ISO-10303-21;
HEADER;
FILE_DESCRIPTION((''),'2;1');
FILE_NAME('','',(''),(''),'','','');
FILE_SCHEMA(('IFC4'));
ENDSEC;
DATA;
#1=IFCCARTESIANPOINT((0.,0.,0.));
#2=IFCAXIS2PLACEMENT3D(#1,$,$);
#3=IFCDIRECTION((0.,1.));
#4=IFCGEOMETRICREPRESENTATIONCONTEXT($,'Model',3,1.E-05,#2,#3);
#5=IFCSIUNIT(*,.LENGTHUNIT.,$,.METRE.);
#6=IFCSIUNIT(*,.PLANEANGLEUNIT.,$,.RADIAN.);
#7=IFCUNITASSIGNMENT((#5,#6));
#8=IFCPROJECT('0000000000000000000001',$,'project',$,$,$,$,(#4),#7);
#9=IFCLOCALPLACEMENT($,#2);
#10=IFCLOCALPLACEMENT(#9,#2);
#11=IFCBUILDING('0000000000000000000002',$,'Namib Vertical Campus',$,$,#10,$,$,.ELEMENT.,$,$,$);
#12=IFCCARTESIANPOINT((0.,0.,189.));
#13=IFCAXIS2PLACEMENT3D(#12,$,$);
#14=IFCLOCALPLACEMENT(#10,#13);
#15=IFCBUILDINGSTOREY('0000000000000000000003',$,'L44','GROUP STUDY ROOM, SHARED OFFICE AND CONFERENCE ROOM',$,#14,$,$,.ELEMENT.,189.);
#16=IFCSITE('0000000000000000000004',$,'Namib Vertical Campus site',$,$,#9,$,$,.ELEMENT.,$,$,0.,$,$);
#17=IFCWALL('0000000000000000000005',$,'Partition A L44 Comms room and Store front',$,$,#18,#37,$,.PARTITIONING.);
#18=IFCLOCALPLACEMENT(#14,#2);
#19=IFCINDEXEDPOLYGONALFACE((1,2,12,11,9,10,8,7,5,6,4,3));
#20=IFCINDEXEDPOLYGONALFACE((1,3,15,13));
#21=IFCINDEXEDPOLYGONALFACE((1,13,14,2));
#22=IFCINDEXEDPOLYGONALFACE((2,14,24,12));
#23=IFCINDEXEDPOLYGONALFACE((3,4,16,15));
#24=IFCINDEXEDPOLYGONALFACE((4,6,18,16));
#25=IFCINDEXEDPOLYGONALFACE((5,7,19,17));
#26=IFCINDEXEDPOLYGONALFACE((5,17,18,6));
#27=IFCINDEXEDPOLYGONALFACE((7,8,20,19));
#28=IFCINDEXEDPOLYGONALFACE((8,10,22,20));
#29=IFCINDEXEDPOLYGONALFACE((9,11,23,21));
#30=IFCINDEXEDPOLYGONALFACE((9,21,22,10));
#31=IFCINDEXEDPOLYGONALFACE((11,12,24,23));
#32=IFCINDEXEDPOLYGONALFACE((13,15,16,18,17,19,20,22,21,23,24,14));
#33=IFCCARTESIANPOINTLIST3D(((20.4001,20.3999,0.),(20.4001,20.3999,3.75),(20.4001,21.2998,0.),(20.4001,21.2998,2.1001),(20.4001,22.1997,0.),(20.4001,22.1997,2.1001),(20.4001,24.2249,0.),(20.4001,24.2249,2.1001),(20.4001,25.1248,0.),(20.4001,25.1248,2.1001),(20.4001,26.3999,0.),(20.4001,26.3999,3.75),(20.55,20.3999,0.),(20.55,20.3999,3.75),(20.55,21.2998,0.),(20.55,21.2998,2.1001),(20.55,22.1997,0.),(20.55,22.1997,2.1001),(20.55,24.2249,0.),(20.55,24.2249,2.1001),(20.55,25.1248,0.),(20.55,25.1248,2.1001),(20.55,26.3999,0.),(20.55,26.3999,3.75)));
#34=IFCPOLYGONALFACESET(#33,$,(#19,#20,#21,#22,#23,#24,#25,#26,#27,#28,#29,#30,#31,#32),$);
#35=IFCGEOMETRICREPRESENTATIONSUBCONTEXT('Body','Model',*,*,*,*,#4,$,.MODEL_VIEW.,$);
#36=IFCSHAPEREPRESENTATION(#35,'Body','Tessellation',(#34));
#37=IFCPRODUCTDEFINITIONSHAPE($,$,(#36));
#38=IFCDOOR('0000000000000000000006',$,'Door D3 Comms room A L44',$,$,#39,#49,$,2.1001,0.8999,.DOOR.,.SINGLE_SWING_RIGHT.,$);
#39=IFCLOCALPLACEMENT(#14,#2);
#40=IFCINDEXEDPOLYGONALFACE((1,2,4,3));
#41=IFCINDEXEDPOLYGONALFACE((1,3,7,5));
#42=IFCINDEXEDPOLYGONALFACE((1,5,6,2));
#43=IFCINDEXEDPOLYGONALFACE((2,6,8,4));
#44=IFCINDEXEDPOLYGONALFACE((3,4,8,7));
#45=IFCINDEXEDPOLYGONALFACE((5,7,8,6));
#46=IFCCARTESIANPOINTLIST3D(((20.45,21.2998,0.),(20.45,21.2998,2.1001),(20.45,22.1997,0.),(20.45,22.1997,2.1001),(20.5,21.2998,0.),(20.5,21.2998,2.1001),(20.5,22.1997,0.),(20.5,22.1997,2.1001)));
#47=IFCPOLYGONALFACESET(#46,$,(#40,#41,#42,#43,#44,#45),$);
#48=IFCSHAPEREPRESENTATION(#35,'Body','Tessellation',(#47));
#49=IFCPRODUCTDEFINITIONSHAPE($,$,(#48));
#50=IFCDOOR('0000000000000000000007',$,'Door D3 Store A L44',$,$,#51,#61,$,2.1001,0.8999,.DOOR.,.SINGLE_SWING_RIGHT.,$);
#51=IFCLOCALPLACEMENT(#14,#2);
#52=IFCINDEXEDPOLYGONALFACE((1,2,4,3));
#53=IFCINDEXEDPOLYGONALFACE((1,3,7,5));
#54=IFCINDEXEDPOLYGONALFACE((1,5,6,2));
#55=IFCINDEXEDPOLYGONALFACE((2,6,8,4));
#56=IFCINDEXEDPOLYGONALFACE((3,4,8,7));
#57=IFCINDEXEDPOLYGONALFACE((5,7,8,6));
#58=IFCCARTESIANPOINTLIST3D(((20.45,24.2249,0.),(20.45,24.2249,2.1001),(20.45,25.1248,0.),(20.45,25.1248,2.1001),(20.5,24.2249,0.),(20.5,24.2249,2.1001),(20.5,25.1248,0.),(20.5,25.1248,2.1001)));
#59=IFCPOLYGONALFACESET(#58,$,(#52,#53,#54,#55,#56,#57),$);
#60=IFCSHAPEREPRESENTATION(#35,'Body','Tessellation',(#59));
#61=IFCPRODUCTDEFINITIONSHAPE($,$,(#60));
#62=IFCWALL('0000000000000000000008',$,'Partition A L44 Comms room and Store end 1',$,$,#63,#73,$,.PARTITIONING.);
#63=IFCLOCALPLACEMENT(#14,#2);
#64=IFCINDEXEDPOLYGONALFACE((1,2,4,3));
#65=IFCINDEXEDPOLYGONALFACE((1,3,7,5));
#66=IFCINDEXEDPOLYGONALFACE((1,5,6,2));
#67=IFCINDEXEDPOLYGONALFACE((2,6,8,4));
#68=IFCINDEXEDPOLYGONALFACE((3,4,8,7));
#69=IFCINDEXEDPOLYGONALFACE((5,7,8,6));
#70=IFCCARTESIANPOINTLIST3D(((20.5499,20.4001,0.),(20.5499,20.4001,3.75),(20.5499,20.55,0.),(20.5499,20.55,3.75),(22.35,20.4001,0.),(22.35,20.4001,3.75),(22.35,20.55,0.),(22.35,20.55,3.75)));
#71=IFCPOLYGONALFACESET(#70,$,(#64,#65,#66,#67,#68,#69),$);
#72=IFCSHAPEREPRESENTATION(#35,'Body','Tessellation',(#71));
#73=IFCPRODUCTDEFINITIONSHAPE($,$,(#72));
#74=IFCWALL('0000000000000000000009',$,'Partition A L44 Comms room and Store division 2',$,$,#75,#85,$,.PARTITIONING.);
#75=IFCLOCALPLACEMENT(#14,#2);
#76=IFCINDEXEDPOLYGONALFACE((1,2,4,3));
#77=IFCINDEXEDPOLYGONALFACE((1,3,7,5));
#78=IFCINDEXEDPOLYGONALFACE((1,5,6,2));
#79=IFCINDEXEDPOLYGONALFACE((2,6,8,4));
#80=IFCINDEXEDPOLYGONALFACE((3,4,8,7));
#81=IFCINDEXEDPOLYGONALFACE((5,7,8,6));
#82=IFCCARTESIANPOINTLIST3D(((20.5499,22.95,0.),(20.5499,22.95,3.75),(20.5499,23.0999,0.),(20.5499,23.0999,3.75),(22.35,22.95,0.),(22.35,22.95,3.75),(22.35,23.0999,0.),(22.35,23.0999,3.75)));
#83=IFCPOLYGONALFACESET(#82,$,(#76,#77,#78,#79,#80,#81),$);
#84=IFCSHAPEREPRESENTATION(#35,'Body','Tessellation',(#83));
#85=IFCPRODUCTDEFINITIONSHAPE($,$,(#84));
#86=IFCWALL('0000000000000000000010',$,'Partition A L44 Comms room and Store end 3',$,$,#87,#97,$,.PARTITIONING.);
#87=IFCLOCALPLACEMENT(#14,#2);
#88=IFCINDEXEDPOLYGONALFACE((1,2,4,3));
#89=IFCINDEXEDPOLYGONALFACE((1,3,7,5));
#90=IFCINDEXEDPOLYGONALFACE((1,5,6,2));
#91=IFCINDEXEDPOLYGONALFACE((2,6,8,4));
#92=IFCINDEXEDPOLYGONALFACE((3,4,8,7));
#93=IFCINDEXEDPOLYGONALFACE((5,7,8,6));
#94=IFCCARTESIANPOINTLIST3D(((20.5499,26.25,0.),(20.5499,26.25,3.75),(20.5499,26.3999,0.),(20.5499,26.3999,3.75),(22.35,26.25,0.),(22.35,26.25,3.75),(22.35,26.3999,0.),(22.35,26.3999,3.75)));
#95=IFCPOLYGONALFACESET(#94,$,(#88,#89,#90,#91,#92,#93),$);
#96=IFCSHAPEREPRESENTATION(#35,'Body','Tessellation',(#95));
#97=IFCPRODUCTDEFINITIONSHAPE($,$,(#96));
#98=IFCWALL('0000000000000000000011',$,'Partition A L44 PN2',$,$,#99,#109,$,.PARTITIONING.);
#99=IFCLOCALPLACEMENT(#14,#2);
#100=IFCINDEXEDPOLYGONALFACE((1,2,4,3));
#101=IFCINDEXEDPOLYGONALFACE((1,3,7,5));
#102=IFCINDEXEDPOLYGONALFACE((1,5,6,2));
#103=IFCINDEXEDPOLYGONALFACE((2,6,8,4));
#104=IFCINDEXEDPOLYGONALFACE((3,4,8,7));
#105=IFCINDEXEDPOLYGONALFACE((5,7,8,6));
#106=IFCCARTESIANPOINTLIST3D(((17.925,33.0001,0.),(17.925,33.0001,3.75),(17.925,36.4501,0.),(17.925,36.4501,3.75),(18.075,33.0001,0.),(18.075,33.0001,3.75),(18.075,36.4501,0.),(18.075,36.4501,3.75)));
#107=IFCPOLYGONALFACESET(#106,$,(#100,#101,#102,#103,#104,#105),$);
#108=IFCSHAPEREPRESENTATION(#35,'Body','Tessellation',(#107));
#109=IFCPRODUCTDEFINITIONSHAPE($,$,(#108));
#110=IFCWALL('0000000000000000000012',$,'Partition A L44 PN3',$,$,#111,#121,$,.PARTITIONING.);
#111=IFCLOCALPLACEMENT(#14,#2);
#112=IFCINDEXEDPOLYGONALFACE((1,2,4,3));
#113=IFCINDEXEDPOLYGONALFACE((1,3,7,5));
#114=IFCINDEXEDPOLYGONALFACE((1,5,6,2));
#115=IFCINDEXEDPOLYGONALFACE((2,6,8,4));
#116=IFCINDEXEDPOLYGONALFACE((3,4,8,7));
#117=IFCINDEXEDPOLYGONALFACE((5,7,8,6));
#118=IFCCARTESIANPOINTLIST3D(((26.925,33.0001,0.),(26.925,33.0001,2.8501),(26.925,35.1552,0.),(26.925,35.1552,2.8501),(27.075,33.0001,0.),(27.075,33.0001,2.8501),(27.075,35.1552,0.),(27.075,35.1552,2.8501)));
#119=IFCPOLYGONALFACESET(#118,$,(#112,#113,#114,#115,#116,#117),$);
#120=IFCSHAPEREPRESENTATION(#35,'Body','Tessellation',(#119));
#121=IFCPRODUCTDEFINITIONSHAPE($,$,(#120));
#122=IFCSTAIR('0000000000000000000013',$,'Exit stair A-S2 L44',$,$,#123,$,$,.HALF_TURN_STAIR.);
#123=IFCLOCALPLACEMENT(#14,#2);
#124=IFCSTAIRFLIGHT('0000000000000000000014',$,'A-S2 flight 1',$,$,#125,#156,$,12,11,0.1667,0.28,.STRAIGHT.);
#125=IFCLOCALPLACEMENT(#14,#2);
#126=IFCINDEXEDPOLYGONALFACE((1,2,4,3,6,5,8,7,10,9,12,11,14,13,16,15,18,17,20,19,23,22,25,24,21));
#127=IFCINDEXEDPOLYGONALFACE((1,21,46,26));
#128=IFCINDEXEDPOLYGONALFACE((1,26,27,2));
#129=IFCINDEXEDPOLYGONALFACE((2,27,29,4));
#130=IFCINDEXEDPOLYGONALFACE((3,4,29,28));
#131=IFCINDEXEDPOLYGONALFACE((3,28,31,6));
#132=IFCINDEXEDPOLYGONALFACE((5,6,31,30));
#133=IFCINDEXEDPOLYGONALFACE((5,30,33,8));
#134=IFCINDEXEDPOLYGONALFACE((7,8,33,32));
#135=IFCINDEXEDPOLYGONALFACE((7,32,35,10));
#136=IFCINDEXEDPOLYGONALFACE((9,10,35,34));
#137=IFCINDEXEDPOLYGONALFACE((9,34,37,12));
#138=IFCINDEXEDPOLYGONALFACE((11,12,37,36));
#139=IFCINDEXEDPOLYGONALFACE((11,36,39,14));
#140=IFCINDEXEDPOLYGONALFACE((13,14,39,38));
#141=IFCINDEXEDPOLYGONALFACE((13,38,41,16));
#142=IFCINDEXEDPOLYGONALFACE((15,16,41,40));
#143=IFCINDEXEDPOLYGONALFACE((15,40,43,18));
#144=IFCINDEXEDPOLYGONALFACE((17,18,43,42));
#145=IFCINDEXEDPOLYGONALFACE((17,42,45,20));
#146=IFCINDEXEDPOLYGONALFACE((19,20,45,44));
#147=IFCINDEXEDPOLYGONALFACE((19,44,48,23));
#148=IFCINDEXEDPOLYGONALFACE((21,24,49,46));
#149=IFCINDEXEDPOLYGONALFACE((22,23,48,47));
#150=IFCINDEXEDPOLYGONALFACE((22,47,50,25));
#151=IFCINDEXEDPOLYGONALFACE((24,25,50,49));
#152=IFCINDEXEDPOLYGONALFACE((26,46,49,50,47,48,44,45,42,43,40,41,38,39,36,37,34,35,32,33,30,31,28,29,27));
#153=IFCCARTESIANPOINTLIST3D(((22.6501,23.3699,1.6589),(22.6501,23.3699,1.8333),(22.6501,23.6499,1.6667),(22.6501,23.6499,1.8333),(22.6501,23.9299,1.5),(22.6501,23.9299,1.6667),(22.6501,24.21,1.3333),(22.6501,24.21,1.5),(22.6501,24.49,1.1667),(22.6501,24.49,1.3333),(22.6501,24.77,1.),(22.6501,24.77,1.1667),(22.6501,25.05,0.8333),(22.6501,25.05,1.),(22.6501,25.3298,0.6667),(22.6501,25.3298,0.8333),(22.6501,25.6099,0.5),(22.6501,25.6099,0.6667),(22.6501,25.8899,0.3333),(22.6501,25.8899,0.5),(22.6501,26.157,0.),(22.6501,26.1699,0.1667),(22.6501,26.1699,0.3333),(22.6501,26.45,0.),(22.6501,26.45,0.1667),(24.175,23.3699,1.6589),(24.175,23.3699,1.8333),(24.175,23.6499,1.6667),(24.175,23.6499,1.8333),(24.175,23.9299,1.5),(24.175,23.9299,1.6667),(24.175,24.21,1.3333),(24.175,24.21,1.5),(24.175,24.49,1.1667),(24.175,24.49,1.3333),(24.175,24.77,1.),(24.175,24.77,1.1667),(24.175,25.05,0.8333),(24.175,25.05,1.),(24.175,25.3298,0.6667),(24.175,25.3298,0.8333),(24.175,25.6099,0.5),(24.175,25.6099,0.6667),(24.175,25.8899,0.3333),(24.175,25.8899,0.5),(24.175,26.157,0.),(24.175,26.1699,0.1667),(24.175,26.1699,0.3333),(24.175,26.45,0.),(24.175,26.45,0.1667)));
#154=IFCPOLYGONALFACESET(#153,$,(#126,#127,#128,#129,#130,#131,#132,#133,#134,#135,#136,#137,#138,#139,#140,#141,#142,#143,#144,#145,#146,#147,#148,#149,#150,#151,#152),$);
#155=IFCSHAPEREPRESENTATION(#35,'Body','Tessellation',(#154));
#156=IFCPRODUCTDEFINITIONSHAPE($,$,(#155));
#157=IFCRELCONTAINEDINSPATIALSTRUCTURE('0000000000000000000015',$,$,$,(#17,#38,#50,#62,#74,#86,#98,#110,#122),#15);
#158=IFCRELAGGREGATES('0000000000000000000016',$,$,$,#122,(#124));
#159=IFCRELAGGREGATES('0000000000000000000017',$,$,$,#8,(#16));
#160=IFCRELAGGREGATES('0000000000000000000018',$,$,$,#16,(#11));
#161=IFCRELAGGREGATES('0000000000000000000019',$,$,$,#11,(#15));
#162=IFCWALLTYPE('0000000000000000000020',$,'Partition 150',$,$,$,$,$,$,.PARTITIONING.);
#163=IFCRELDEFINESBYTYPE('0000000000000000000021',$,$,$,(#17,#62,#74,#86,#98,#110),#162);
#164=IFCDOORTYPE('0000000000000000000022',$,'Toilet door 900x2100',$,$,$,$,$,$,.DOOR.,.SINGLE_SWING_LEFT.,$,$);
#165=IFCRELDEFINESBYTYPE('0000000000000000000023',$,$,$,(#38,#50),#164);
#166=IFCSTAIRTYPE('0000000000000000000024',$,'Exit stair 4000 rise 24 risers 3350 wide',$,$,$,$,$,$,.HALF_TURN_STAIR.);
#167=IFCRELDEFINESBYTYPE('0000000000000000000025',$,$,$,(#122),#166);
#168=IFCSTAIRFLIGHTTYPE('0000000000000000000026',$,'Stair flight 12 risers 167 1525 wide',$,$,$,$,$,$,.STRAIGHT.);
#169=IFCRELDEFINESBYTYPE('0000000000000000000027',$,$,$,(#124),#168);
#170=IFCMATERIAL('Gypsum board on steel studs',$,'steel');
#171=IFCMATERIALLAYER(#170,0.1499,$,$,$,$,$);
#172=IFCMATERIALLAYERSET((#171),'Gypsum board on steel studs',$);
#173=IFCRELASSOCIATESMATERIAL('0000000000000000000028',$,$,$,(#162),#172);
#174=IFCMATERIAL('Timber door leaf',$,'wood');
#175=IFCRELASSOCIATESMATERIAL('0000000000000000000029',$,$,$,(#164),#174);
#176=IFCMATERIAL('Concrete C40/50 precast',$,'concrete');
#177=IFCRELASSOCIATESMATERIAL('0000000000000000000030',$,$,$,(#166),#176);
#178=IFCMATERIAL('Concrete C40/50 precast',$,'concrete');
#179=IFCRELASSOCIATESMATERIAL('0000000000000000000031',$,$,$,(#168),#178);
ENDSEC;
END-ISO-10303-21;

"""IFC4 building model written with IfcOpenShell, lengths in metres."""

from ifc_helpers import new_model, si_unit, direction, frame, frame_2d, origin, place, context, subcontext, project, spatial, polyline, rectangle, outline, extrude, material, layer, layer_set, type_object, element, fill, aggregate, save


model = new_model("IFC4")

# Units and contexts
model_context = context("Model", 3, precision=1e-05, world=origin(), true_north=direction((0.0, 1.0)))
body_context = subcontext(model_context, "Body", "Model", "MODEL_VIEW")
ifc_project = project(units=[si_unit("LENGTHUNIT", "METRE"), si_unit("PLANEANGLEUNIT", "RADIAN")], contexts=[model_context])

# Site, building, storey
site_placement = place(None, origin())
site = spatial("IfcSite", under=ifc_project, at=site_placement, Name="Namib Vertical Campus site", CompositionType="ELEMENT", RefElevation=0.0)
building_placement = place(site_placement, origin())
building = spatial("IfcBuilding", under=site, at=building_placement, Name="Namib Vertical Campus", CompositionType="ELEMENT")
storey_placement = place(building_placement, frame((0.0, 0.0, 189.0)))
storey = spatial("IfcBuildingStorey", under=building, at=storey_placement, Name="L44", Description="GROUP STUDY ROOM, SHARED OFFICE AND CONFERENCE ROOM", CompositionType="ELEMENT", Elevation=189.0)

# Wall, openings, doors
ifc_material_1 = material(Name="Gypsum board on steel studs", Category="steel")
ifc_layer_1 = layer(ifc_material_1, 0.1499)
ifc_layer_set_1 = layer_set([ifc_layer_1], Name="Gypsum board on steel studs")
wall_type_1 = type_object("IfcWallType", Name="Partition 150", PredefinedType="PARTITIONING", material=ifc_layer_set_1)
wall_1_placement = place(storey_placement, frame((20.4751, 20.3999, 0.0), z_axis=(0.0, 0.0, 1.0), x_axis=(0.0, 1.0, 0.0)))
wall_1 = element("IfcWall", 1, at=wall_1_placement, inside=storey, type_object=wall_type_1, Name="Partition A L44 Comms room and Store front", PredefinedType="PARTITIONING", context=body_context, shape_type="SweptSolid", body=[
    extrude(rectangle(XDim=6.0, YDim=0.1499, at=frame_2d((3.0, 0.0))), origin(), (0.0, 0.0, 1.0), 3.75),
])
opening_1_placement = place(wall_1_placement, frame((0.8999, 0.0, 0.0)))
opening_1 = element("IfcOpeningElement", 2, at=opening_1_placement, cuts=wall_1, PredefinedType="OPENING", context=body_context, shape_type="SweptSolid", body=[
    extrude(rectangle(XDim=0.8999, YDim=2.1001, at=frame_2d((0.45, 1.05))), frame((0.0, 0.085, 0.0), z_axis=(0.0, -1.0, 0.0), x_axis=(1.0, 0.0, 0.0)), (0.0, 0.0, 1.0), 0.1699),
])
opening_2_placement = place(wall_1_placement, frame((3.825, 0.0, 0.0)))
opening_2 = element("IfcOpeningElement", 3, at=opening_2_placement, cuts=wall_1, PredefinedType="OPENING", context=body_context, shape_type="SweptSolid", body=[
    extrude(rectangle(XDim=0.8999, YDim=2.1001, at=frame_2d((0.45, 1.05))), frame((0.0, 0.085, 0.0), z_axis=(0.0, -1.0, 0.0), x_axis=(1.0, 0.0, 0.0)), (0.0, 0.0, 1.0), 0.1699),
])
ifc_material_2 = material(Name="Timber door leaf", Category="wood")
door_type_1 = type_object("IfcDoorType", Name="Toilet door 900x2100", OperationType="SINGLE_SWING_LEFT", PredefinedType="DOOR", material=ifc_material_2)
door_1_placement = place(opening_1_placement, frame((0.8999, 0.0, 0.0), z_axis=(0.0, 0.0, 1.0), x_axis=(-1.0, 0.0, 0.0)))
door_1 = element("IfcDoor", 4, at=door_1_placement, inside=storey, type_object=door_type_1, Name="Door D3 Comms room A L44", OperationType="SINGLE_SWING_RIGHT", OverallHeight=2.1001, OverallWidth=0.8999, PredefinedType="DOOR", context=body_context, shape_type="SweptSolid", body=[
    extrude(rectangle(XDim=0.8999, YDim=2.1001, at=frame_2d((0.45, 1.05))), frame((0.0, 0.0249, 0.0), z_axis=(0.0, -1.0, 0.0), x_axis=(1.0, 0.0, 0.0)), (0.0, 0.0, 1.0), 0.05),
])
fill(opening_1, door_1)
door_2_placement = place(opening_2_placement, frame((0.8999, 0.0, 0.0), z_axis=(0.0, 0.0, 1.0), x_axis=(-1.0, 0.0, 0.0)))
door_2 = element("IfcDoor", 5, at=door_2_placement, inside=storey, type_object=door_type_1, Name="Door D3 Store A L44", OperationType="SINGLE_SWING_RIGHT", OverallHeight=2.1001, OverallWidth=0.8999, PredefinedType="DOOR", context=body_context, shape_type="SweptSolid", body=[
    extrude(rectangle(XDim=0.8999, YDim=2.1001, at=frame_2d((0.45, 1.05))), frame((0.0, 0.0249, 0.0), z_axis=(0.0, -1.0, 0.0), x_axis=(1.0, 0.0, 0.0)), (0.0, 0.0, 1.0), 0.05),
])
fill(opening_2, door_2)

# Walls
for number, where, z_axis, x_axis, name in (
    (6, (20.55, 20.4751, 0.0), (0.0, 0.0, 1.0), (1.0, 0.0, 0.0), "Partition A L44 Comms room and Store end 1"),
    (7, (20.55, 23.0249, 0.0), (0.0, 0.0, 1.0), (1.0, 0.0, 0.0), "Partition A L44 Comms room and Store division 2"),
    (8, (20.55, 26.325, 0.0), (0.0, 0.0, 1.0), (1.0, 0.0, 0.0), "Partition A L44 Comms room and Store end 3"),
):
    element("IfcWall", number, at=place(storey_placement, frame(where, z_axis=z_axis, x_axis=x_axis)), inside=storey, type_object=wall_type_1, Name=name, PredefinedType="PARTITIONING", context=body_context, shape_type="SweptSolid", body=[
        extrude(rectangle(XDim=1.8, YDim=0.1499, at=frame_2d((0.8999, 0.0))), origin(), (0.0, 0.0, 1.0), 3.75),
    ])
wall_2_placement = place(storey_placement, frame((18.0, 33.0, 0.0), z_axis=(0.0, 0.0, 1.0), x_axis=(0.0, 1.0, 0.0)))
element("IfcWall", 9, at=wall_2_placement, inside=storey, type_object=wall_type_1, Name="Partition A L44 PN2", PredefinedType="PARTITIONING", context=body_context, shape_type="SweptSolid", body=[
    extrude(rectangle(XDim=3.45, YDim=0.1499, at=frame_2d((1.7251, 0.0))), origin(), (0.0, 0.0, 1.0), 3.75),
])
wall_3_placement = place(storey_placement, frame((27.0, 33.0, 0.0), z_axis=(0.0, 0.0, 1.0), x_axis=(0.0, 1.0, 0.0)))
element("IfcWall", 10, at=wall_3_placement, inside=storey, type_object=wall_type_1, Name="Partition A L44 PN3", PredefinedType="PARTITIONING", context=body_context, shape_type="SweptSolid", body=[
    extrude(rectangle(XDim=2.155, YDim=0.1499, at=frame_2d((1.0776, 0.0))), origin(), (0.0, 0.0, 1.0), 2.8501),
])

# Stair, stair flight
ifc_material_3 = material(Name="Concrete C40/50 precast", Category="concrete")
stair_type = type_object("IfcStairType", Name="Exit stair 4000 rise 24 risers 3350 wide", PredefinedType="HALF_TURN_STAIR", material=ifc_material_3)
stair_placement = place(storey_placement, origin())
stair = element("IfcStair", 11, at=stair_placement, inside=storey, type_object=stair_type, Name="Exit stair A-S2 L44", PredefinedType="HALF_TURN_STAIR")
ifc_material_4 = material(Name="Concrete C40/50 precast", Category="concrete")
stair_flight_type = type_object("IfcStairFlightType", Name="Stair flight 12 risers 167 1525 wide", PredefinedType="STRAIGHT", material=ifc_material_4)
stair_flight_1_placement = place(storey_placement, frame((23.4126, 26.45, 0.0), z_axis=(0.0, 0.0, 1.0), x_axis=(0.0, -1.0, 0.0)))
stair_flight_1 = element("IfcStairFlight", 12, at=stair_flight_1_placement, type_object=stair_flight_type, Name="A-S2 flight 1", NumberOfRisers=12, NumberOfTreads=11, PredefinedType="STRAIGHT", RiserHeight=0.1667, TreadLength=0.28, context=body_context, shape_type="SweptSolid", body=[
    extrude(outline(polyline([(0.0, 0.0), (0.0, 0.1667), (0.28, 0.1667), (0.28, 0.3333), (0.5601, 0.3333), (0.5601, 0.5), (0.8401, 0.5), (0.8401, 0.6667), (1.1201, 0.6667), (1.1201, 0.8333), (1.3999, 0.8333), (1.3999, 1.0), (1.6799, 1.0), (1.6799, 1.1667), (1.96, 1.1667), (1.96, 1.3333), (2.24, 1.3333), (2.24, 1.5), (2.52, 1.5), (2.52, 1.6667), (2.8, 1.6667), (2.8, 1.8333), (3.0801, 1.8333), (3.0801, 2.0), (3.0801, 1.6589), (0.293, 0.0), (0.0, 0.0)])), frame((0.0, 0.7625, 0.0), z_axis=(0.0, -1.0, 0.0), x_axis=(1.0, 0.0, 0.0)), (0.0, 0.0, 1.0), 1.5249),
])
aggregate(stair, [stair_flight_1])

save(model, "model.ifc")
